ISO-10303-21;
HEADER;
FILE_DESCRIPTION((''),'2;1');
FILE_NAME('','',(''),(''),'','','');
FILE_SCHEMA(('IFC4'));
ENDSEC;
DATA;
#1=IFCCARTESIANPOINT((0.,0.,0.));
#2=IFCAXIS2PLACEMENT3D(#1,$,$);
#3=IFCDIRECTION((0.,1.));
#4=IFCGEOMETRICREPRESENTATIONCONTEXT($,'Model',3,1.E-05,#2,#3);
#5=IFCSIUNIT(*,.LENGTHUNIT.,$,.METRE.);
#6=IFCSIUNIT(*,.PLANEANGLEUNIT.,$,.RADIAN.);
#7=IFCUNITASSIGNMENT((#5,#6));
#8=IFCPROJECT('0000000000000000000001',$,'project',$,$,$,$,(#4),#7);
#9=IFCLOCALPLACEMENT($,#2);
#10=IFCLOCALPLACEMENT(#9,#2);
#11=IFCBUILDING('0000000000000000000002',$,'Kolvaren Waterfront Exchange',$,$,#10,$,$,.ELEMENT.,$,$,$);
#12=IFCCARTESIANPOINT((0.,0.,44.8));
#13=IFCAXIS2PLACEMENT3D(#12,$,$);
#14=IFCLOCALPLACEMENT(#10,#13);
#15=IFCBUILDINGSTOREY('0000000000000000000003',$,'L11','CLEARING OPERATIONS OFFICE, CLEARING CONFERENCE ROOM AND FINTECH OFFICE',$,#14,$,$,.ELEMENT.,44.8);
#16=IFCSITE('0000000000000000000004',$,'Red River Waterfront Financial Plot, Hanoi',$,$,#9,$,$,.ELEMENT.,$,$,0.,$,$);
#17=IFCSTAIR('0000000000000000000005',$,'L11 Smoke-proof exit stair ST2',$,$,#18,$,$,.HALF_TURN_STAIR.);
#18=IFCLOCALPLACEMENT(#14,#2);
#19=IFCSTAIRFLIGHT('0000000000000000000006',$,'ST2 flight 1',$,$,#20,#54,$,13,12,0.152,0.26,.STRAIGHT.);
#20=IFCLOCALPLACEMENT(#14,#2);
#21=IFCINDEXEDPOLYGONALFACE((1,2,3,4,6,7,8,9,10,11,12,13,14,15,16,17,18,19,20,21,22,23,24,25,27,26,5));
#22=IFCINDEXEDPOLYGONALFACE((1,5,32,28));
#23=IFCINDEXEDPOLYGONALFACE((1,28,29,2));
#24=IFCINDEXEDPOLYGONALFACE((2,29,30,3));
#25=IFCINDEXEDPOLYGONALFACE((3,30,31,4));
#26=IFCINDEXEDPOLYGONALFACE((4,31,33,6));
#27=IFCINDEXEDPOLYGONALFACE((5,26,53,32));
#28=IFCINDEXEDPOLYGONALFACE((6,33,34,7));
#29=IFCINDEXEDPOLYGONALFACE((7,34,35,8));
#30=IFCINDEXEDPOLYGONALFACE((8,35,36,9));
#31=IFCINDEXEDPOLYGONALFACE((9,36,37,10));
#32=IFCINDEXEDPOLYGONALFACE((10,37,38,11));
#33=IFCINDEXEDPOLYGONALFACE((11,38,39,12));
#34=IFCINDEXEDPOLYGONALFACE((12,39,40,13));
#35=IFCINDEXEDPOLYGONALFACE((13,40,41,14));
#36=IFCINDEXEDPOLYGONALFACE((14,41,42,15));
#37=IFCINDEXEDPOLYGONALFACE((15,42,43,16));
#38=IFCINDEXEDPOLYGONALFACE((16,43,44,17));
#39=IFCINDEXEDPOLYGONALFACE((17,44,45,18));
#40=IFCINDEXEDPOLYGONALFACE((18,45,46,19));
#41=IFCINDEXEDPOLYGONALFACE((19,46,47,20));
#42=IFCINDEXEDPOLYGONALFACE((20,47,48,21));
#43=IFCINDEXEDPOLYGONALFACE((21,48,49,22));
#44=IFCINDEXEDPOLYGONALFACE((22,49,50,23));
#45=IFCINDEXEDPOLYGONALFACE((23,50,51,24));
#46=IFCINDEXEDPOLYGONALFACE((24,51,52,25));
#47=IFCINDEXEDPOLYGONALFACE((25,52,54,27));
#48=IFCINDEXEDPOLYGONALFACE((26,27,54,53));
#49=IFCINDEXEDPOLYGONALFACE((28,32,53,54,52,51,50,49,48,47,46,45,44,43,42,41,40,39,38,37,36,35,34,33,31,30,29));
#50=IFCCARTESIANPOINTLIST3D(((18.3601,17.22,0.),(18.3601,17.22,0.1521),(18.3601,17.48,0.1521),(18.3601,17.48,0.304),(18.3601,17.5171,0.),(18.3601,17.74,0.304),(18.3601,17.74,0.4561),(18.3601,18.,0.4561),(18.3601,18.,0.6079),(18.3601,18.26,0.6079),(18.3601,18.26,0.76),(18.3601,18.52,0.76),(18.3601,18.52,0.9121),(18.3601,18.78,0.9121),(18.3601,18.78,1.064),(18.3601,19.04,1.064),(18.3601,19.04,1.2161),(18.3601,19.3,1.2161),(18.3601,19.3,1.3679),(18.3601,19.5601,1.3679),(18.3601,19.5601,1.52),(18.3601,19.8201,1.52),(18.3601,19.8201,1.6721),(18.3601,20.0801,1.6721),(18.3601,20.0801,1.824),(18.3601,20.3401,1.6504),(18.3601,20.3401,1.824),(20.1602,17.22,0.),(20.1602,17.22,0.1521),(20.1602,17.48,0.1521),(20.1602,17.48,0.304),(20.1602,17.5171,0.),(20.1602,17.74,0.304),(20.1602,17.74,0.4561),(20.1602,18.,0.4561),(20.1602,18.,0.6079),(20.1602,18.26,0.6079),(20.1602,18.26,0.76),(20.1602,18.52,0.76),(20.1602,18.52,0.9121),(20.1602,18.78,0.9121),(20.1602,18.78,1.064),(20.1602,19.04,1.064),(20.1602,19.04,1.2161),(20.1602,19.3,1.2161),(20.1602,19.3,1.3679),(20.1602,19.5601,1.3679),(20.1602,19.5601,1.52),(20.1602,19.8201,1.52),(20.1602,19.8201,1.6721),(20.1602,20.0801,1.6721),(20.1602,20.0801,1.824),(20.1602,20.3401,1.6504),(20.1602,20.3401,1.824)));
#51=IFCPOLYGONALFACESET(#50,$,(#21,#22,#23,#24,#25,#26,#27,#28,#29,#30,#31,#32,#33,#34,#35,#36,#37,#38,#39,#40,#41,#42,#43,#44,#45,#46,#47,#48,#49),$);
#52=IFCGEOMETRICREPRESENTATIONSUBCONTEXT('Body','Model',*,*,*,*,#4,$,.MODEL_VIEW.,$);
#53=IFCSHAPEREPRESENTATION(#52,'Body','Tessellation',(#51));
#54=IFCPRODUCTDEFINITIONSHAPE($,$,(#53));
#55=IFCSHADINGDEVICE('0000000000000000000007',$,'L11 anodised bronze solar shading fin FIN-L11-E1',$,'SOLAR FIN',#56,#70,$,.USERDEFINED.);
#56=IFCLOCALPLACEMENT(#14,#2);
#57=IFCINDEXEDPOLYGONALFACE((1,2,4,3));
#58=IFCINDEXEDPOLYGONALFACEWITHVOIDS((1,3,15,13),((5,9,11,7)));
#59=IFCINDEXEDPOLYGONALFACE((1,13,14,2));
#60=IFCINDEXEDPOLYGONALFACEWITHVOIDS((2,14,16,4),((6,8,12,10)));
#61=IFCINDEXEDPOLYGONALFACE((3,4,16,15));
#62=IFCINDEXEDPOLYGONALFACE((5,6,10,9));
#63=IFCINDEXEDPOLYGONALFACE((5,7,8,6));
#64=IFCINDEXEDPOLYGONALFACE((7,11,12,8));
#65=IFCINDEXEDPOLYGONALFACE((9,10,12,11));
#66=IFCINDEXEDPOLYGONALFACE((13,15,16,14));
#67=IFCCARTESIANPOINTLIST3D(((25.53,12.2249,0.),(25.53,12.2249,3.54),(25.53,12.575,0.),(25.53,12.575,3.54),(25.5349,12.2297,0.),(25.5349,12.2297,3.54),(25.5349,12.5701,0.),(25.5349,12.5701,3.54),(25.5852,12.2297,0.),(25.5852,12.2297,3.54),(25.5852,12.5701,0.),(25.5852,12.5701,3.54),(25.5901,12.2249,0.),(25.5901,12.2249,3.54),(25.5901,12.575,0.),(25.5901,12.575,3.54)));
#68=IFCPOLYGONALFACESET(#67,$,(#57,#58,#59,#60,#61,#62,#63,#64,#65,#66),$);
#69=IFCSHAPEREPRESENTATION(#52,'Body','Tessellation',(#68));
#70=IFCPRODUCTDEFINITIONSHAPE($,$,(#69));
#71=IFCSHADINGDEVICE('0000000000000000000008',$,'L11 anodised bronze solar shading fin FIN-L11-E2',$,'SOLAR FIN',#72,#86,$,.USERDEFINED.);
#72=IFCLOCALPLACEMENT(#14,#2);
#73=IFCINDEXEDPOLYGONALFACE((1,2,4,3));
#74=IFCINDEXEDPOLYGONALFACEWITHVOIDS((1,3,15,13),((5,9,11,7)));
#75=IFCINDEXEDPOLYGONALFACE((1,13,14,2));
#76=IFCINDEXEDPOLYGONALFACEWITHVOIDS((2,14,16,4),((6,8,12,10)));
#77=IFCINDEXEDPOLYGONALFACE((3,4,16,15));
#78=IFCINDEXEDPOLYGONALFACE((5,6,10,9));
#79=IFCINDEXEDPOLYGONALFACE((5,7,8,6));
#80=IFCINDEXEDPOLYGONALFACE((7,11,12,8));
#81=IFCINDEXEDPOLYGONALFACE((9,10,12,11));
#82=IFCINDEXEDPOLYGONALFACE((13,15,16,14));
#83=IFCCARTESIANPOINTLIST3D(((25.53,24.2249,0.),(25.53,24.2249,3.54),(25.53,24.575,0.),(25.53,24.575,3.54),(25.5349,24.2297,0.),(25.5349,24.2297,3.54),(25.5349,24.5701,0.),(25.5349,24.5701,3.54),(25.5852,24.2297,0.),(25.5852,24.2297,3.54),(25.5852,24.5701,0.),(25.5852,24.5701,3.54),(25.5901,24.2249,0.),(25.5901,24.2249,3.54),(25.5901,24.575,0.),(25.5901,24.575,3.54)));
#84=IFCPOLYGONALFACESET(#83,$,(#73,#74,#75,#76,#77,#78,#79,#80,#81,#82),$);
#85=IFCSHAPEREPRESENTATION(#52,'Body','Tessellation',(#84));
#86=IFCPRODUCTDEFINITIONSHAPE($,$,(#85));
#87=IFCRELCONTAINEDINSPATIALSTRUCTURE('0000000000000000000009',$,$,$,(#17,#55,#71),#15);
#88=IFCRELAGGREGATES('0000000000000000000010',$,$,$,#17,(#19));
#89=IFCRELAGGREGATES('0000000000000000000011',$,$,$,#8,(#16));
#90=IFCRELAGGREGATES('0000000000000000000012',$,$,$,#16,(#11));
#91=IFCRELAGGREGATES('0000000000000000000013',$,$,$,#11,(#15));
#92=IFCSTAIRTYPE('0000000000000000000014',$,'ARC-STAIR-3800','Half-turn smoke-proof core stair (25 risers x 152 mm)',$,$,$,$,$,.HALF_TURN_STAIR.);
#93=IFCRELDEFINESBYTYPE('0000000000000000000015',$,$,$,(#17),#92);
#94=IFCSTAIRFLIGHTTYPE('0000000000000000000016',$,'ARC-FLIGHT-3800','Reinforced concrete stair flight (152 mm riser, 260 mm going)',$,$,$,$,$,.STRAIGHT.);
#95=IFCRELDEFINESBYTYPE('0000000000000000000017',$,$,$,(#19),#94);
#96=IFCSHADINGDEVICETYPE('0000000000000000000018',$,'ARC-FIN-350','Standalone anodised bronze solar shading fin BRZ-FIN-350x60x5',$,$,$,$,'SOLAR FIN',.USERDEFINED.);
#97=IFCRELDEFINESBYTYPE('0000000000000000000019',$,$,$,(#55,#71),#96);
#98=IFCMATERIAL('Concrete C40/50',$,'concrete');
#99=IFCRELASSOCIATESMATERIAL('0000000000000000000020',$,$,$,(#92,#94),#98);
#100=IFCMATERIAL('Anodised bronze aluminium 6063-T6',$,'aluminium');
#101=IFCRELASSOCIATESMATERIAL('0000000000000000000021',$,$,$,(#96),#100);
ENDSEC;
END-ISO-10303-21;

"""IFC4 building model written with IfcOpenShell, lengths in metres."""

from ifc_helpers import new_model, si_unit, direction, frame, origin, origin_2d, place, context, subcontext, project, spatial, polyline, hollow_rectangle, outline, extrude, material, material_profile, profile_set, type_object, element, aggregate, save


model = new_model("IFC4")

# Units and contexts
model_context = context("Model", 3, precision=1e-05, world=origin(), true_north=direction((0.0, 1.0)))
body_context = subcontext(model_context, "Body", "Model", "MODEL_VIEW")
ifc_project = project(units=[si_unit("LENGTHUNIT", "METRE"), si_unit("PLANEANGLEUNIT", "RADIAN")], contexts=[model_context])

# Site, building, storey
site_placement = place(None, origin())
site = spatial("IfcSite", under=ifc_project, at=site_placement, Name="Red River Waterfront Financial Plot, Hanoi", CompositionType="ELEMENT", RefElevation=0.0)
building_placement = place(site_placement, origin())
building = spatial("IfcBuilding", under=site, at=building_placement, Name="Kolvaren Waterfront Exchange", CompositionType="ELEMENT")
storey_placement = place(building_placement, frame((0.0, 0.0, 44.8)))
storey = spatial("IfcBuildingStorey", under=building, at=storey_placement, Name="L11", Description="CLEARING OPERATIONS OFFICE, CLEARING CONFERENCE ROOM AND FINTECH OFFICE", CompositionType="ELEMENT", Elevation=44.8)

# Shared definitions
ifc_material_1 = material(Name="Anodised bronze aluminium 6063-T6", Category="aluminium")

# Shared definitions
ifc_material_2 = material(Name="Concrete C40/50", Category="concrete")

# Stair, stair flight
stair_type = type_object("IfcStairType", Name="ARC-STAIR-3800", Description="Half-turn smoke-proof core stair (25 risers x 152 mm)", PredefinedType="HALF_TURN_STAIR", material=ifc_material_2)
stair_placement = place(storey_placement, origin())
stair = element("IfcStair", 1, at=stair_placement, inside=storey, type_object=stair_type, Name="L11 Smoke-proof exit stair ST2", PredefinedType="HALF_TURN_STAIR")
stair_flight_type = type_object("IfcStairFlightType", Name="ARC-FLIGHT-3800", Description="Reinforced concrete stair flight (152 mm riser, 260 mm going)", PredefinedType="STRAIGHT", material=ifc_material_2)
stair_flight_placement = place(storey_placement, frame((19.26, 17.22, 0.0), z_axis=(0.0, 0.0, 1.0), x_axis=(0.0, 1.0, 0.0)))
stair_flight = element("IfcStairFlight", 2, at=stair_flight_placement, type_object=stair_flight_type, Name="ST2 flight 1", NumberOfRisers=13, NumberOfTreads=12, PredefinedType="STRAIGHT", RiserHeight=0.152, TreadLength=0.26, context=body_context, shape_type="SweptSolid", body=[
    extrude(outline(polyline([(0.0, 0.0), (0.0, 0.1521), (0.26, 0.1521), (0.26, 0.304), (0.52, 0.304), (0.52, 0.4561), (0.78, 0.4561), (0.78, 0.6079), (1.04, 0.6079), (1.04, 0.76), (1.3, 0.76), (1.3, 0.9121), (1.5601, 0.9121), (1.5601, 1.064), (1.8201, 1.064), (1.8201, 1.2161), (2.0801, 1.2161), (2.0801, 1.3679), (2.3401, 1.3679), (2.3401, 1.52), (2.6001, 1.52), (2.6001, 1.6721), (2.8601, 1.6721), (2.8601, 1.824), (3.1201, 1.824), (3.1201, 1.9761), (3.1201, 1.6504), (0.2971, 0.0), (0.0, 0.0)])), frame((0.0, 0.8999, 0.0), z_axis=(0.0, -1.0, 0.0), x_axis=(1.0, 0.0, 0.0)), (0.0, 0.0, 1.0), 1.8),
])
aggregate(stair, [stair_flight])

# Shading devices
ifc_material_profile_1 = material_profile(ifc_material_1, hollow_rectangle(XDim=0.0601, YDim=0.3501, WallThickness=0.0049, at=origin_2d()), Name="BRZ-FIN-350x60x5")
ifc_profile_set_1 = profile_set([ifc_material_profile_1], Name="Anodised bronze aluminium 6063-T6")
shading_device_type = type_object("IfcShadingDeviceType", Name="ARC-FIN-350", Description="Standalone anodised bronze solar shading fin BRZ-FIN-350x60x5", ElementType="SOLAR FIN", PredefinedType="USERDEFINED", material=ifc_profile_set_1)
for number, where, z_axis, x_axis, name in (
    (3, (25.5601, 12.3999, 0.0), (0.0, 0.0, 1.0), (1.0, 0.0, 0.0), "L11 anodised bronze solar shading fin FIN-L11-E1"),
    (4, (25.5601, 24.3999, 0.0), (0.0, 0.0, 1.0), (1.0, 0.0, 0.0), "L11 anodised bronze solar shading fin FIN-L11-E2"),
):
    element("IfcShadingDevice", number, at=place(storey_placement, frame(where, z_axis=z_axis, x_axis=x_axis)), inside=storey, type_object=shading_device_type, Name=name, ObjectType="SOLAR FIN", PredefinedType="USERDEFINED", context=body_context, shape_type="SweptSolid", body=[
        extrude(hollow_rectangle(XDim=0.0601, YDim=0.3501, WallThickness=0.0049, at=origin_2d()), origin(), (0.0, 0.0, 1.0), 3.54),
    ])

save(model, "model.ifc")
